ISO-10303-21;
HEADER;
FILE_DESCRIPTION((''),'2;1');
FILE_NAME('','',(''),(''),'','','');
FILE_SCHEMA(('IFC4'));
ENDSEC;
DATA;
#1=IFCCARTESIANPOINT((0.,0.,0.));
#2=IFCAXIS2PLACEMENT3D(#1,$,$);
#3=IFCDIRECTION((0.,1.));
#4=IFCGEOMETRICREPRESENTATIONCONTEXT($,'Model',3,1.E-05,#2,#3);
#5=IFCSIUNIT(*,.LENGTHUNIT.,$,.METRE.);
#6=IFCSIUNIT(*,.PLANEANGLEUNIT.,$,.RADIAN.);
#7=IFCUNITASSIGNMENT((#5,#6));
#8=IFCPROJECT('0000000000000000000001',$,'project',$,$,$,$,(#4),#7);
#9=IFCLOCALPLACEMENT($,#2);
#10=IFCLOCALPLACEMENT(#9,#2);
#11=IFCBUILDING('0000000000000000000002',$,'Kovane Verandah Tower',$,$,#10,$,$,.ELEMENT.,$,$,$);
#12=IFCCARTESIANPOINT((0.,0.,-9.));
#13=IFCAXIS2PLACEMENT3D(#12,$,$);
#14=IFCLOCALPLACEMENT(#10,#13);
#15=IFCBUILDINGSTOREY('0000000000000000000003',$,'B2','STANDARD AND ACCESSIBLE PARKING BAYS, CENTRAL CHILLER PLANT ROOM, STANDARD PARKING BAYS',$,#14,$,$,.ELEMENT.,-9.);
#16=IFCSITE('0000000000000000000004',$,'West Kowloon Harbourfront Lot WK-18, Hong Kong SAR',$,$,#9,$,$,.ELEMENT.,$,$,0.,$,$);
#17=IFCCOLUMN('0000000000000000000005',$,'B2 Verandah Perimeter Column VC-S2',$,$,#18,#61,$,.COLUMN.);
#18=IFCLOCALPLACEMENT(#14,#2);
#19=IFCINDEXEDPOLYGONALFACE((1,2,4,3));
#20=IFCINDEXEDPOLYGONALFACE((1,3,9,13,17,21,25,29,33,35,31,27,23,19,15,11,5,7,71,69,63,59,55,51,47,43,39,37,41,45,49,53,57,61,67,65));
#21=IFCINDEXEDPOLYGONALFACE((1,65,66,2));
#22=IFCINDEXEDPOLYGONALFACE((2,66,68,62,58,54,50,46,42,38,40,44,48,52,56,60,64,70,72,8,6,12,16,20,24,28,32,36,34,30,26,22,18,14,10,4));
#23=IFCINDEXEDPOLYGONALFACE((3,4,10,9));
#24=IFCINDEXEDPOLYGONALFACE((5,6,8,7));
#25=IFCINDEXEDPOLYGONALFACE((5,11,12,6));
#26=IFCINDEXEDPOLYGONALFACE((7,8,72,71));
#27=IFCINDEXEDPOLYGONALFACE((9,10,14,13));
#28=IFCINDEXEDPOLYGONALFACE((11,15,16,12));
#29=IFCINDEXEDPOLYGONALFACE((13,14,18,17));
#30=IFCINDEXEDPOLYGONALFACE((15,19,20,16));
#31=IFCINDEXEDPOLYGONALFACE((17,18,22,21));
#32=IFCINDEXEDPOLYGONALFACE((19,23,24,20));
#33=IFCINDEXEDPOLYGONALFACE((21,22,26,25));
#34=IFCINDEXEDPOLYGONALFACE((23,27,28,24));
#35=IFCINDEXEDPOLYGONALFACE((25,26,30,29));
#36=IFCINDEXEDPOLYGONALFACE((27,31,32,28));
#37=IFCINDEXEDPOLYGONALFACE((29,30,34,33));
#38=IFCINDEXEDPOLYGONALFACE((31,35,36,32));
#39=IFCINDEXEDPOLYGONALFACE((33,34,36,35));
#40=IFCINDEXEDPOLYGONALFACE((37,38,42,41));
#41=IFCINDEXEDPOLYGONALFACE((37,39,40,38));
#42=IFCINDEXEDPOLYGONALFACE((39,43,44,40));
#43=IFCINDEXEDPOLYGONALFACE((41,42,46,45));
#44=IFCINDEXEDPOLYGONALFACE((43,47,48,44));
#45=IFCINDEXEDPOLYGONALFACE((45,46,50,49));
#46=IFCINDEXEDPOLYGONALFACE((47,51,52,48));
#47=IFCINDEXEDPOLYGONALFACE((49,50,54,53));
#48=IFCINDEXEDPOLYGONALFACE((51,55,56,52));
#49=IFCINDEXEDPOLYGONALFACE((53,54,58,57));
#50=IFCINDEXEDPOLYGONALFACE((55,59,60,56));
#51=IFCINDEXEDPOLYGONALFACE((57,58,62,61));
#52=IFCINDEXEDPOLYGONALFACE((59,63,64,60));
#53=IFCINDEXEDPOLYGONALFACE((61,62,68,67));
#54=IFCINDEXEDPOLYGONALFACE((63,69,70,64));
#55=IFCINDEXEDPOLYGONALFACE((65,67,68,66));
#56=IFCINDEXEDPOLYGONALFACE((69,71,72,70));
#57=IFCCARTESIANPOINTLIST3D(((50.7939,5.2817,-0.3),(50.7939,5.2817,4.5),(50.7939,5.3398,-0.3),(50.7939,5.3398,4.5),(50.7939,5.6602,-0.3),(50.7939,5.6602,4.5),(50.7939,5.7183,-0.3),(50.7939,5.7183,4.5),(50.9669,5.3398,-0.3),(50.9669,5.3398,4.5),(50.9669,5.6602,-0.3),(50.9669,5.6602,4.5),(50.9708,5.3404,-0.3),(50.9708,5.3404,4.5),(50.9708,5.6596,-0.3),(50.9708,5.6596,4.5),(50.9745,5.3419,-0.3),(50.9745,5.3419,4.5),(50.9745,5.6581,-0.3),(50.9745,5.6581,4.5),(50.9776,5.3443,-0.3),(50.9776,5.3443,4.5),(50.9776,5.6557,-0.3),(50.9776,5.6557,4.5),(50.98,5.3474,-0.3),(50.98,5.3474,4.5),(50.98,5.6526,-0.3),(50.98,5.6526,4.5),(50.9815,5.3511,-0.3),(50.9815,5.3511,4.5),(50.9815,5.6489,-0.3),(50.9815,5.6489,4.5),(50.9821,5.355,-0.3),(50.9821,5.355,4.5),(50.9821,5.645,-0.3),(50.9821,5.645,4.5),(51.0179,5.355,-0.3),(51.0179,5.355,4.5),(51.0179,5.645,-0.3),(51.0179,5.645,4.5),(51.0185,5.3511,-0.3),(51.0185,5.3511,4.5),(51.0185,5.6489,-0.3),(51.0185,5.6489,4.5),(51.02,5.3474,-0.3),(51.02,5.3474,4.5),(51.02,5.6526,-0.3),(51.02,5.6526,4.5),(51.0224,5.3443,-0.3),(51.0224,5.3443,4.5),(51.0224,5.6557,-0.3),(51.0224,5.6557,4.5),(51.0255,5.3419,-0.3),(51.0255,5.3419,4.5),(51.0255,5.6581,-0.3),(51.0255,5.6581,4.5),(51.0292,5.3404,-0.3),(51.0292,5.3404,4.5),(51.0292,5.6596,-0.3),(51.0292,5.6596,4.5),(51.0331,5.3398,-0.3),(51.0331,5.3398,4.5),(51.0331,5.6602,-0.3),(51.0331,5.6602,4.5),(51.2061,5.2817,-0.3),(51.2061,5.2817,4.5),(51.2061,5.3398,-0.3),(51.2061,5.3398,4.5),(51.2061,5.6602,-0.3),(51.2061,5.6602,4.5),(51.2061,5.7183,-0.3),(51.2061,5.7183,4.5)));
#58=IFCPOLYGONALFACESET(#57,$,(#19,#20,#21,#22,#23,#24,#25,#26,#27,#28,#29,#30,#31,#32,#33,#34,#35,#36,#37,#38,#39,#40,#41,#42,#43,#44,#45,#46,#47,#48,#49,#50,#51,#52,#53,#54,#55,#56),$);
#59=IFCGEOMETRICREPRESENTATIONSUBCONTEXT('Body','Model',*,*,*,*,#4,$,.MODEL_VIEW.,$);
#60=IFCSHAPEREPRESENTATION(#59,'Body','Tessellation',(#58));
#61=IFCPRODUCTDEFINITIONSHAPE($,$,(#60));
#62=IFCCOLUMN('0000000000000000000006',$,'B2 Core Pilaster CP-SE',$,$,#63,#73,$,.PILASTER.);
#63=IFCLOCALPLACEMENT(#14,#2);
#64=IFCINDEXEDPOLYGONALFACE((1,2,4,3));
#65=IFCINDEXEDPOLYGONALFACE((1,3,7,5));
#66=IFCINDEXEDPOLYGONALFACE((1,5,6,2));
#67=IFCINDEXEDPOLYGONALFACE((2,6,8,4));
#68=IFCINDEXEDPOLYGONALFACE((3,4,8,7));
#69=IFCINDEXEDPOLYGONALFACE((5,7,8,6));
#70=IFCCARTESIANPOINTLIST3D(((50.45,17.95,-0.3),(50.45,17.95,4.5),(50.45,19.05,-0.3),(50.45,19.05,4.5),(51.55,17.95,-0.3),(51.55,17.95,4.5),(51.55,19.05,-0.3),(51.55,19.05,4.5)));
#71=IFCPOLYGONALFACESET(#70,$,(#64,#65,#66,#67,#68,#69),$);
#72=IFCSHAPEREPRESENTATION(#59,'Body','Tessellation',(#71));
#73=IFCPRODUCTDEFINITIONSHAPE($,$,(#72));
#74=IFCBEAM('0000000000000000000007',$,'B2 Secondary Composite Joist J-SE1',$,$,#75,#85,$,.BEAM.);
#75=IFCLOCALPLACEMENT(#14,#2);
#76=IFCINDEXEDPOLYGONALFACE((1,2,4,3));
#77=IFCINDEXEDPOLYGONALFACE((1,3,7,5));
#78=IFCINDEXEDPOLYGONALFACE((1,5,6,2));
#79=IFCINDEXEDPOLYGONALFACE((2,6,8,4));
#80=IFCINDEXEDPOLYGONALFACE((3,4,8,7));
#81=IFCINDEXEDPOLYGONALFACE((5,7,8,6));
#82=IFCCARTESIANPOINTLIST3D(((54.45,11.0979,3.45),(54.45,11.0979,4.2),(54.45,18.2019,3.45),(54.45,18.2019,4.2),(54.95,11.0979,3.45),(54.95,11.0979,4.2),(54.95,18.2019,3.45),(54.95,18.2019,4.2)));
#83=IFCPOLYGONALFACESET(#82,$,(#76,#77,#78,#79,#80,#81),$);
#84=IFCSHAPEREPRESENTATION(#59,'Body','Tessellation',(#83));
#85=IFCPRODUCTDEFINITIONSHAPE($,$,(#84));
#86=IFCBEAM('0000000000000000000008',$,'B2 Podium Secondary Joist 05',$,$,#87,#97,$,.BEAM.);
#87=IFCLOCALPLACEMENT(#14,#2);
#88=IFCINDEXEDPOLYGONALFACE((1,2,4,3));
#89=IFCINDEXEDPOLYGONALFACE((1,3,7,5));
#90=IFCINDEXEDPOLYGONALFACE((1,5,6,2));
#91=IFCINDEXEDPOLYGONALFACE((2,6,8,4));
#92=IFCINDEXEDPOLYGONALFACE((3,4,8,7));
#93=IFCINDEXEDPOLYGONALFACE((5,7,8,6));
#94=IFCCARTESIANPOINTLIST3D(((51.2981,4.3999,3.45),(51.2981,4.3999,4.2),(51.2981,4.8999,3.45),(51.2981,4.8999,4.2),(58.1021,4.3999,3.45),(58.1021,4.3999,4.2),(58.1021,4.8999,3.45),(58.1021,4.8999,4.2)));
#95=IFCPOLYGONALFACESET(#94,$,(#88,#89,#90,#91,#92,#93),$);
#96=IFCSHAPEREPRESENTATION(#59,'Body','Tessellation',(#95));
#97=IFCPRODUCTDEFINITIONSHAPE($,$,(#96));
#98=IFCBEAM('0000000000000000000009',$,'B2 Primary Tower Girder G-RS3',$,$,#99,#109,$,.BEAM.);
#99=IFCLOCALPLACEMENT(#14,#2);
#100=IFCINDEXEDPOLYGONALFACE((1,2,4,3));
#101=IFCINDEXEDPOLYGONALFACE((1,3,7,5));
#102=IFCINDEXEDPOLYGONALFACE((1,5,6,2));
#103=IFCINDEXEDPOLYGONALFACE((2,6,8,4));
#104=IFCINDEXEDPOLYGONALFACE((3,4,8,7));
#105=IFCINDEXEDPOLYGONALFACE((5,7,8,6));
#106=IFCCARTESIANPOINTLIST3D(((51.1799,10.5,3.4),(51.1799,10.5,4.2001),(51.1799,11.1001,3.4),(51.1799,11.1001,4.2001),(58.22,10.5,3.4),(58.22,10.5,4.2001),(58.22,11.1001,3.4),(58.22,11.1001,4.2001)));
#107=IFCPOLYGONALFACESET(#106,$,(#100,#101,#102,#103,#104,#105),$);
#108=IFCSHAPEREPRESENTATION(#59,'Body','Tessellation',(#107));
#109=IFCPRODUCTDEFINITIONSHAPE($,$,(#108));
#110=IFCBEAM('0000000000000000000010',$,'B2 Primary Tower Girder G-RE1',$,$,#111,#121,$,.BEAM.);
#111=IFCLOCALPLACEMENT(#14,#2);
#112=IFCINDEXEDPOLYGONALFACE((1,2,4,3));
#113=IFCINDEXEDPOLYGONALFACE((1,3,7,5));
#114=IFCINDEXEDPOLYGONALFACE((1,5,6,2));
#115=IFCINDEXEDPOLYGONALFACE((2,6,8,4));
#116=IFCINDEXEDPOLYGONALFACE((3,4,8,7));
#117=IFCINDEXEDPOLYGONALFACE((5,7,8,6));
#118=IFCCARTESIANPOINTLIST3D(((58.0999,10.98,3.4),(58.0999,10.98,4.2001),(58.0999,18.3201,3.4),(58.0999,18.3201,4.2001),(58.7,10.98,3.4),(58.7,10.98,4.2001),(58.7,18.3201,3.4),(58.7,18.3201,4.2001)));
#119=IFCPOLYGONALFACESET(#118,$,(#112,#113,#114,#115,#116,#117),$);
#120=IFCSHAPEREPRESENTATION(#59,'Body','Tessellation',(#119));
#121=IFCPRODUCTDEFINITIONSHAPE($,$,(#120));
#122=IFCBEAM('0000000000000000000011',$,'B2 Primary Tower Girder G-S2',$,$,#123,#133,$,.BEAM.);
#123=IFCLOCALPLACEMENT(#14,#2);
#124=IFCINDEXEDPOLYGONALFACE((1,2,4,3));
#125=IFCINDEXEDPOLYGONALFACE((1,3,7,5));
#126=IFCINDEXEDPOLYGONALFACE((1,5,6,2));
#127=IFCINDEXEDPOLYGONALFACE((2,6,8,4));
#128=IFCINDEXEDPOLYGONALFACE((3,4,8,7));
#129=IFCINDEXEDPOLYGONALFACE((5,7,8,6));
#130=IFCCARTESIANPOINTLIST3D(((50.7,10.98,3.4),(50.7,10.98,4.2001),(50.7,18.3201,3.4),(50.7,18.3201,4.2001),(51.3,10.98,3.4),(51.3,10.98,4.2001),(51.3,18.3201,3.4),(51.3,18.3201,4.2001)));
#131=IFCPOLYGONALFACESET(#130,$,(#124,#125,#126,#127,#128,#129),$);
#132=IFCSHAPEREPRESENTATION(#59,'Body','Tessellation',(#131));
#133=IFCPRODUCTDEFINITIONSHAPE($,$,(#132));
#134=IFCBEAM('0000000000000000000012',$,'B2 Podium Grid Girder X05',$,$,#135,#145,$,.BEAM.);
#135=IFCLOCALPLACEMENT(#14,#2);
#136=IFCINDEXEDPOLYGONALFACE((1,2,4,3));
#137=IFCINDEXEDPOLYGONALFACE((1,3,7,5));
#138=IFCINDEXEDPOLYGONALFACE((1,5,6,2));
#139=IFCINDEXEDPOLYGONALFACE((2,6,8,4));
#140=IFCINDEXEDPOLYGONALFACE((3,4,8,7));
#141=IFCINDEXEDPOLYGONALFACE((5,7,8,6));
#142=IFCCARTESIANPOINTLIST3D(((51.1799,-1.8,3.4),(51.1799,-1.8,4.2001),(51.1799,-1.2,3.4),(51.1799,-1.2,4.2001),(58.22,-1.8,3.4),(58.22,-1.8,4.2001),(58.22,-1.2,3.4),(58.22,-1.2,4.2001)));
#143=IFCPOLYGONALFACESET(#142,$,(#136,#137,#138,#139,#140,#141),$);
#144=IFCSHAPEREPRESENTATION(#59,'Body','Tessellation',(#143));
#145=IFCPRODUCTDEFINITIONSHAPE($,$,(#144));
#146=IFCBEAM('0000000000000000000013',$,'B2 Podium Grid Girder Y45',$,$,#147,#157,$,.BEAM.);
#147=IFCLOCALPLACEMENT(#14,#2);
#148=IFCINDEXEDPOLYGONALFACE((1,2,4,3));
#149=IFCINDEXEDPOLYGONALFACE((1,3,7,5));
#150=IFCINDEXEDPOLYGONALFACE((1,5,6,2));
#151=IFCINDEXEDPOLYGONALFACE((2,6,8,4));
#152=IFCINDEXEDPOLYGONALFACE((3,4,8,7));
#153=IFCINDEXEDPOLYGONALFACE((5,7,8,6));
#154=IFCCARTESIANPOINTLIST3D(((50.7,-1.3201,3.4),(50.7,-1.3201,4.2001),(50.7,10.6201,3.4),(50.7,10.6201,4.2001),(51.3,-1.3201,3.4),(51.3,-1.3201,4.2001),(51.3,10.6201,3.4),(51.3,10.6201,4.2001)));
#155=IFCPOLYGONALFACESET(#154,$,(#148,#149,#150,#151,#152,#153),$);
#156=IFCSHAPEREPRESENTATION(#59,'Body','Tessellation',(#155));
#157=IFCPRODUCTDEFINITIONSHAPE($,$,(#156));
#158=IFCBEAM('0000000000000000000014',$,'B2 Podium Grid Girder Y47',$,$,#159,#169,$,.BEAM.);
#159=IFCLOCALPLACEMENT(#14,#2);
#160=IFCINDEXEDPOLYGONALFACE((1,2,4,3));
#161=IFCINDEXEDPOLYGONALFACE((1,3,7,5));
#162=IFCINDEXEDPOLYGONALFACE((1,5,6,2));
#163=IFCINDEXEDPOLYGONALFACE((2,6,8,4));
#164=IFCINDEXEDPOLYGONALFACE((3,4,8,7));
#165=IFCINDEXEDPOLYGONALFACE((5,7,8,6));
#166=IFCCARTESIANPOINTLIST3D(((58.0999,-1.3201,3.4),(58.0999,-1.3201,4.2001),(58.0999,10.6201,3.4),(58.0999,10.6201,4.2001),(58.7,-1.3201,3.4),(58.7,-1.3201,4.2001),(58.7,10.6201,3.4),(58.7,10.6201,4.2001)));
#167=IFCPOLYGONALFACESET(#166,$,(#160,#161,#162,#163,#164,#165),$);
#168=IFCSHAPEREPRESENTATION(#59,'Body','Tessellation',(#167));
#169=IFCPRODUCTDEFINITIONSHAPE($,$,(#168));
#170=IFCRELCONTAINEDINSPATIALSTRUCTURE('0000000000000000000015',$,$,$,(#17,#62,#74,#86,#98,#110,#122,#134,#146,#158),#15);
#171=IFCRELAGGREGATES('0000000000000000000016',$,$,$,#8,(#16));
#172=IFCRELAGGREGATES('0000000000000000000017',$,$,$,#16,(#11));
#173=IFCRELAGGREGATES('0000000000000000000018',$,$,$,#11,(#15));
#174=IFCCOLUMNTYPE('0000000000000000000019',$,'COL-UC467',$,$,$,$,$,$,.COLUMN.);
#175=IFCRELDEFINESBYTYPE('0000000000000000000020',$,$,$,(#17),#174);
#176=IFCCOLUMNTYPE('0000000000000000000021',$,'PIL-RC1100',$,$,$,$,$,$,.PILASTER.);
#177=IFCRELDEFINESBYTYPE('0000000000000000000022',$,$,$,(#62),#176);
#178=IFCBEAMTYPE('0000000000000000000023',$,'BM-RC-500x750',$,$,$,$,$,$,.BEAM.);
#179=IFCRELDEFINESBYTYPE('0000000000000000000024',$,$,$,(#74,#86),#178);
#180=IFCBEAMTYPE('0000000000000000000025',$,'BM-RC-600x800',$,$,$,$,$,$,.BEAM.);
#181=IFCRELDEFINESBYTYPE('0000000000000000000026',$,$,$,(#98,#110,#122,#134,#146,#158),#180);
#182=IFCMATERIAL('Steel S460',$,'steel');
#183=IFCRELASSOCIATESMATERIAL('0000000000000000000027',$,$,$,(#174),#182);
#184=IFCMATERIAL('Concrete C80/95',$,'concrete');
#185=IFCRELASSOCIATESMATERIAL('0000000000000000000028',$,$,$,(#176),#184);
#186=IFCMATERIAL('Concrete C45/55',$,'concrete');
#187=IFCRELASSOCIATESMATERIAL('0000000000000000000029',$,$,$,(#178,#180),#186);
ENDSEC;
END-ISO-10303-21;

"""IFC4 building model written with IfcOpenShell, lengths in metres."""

from ifc_helpers import new_model, si_unit, direction, frame, origin, origin_2d, place, context, subcontext, project, spatial, rectangle, i_section, extrude, material, material_profile, profile_set, type_object, element, save


model = new_model("IFC4")

# Units and contexts
model_context = context("Model", 3, precision=1e-05, world=origin(), true_north=direction((0.0, 1.0)))
body_context = subcontext(model_context, "Body", "Model", "MODEL_VIEW")
ifc_project = project(units=[si_unit("LENGTHUNIT", "METRE"), si_unit("PLANEANGLEUNIT", "RADIAN")], contexts=[model_context])

# Site, building, storey
site_placement = place(None, origin())
site = spatial("IfcSite", under=ifc_project, at=site_placement, Name="West Kowloon Harbourfront Lot WK-18, Hong Kong SAR", CompositionType="ELEMENT", RefElevation=0.0)
building_placement = place(site_placement, origin())
building = spatial("IfcBuilding", under=site, at=building_placement, Name="Kovane Verandah Tower", CompositionType="ELEMENT")
storey_placement = place(building_placement, frame((0.0, 0.0, -9.0)))
storey = spatial("IfcBuildingStorey", under=building, at=storey_placement, Name="B2", Description="STANDARD AND ACCESSIBLE PARKING BAYS, CENTRAL CHILLER PLANT ROOM, STANDARD PARKING BAYS", CompositionType="ELEMENT", Elevation=-9.0)

# Columns
ifc_material_1 = material(Name="Concrete C80/95", Category="concrete")
ifc_material_2 = material(Name="Steel S460", Category="steel")
ifc_material_profile_1 = material_profile(ifc_material_2, i_section(OverallWidth=0.4121, OverallDepth=0.4365, WebThickness=0.0359, FlangeThickness=0.0581, FilletRadius=0.0151, at=origin_2d()), Name="UC356x406x467")
ifc_profile_set_1 = profile_set([ifc_material_profile_1], Name="Steel S460")
column_type_1 = type_object("IfcColumnType", Name="COL-UC467", PredefinedType="COLUMN", material=ifc_profile_set_1)
column_1_placement = place(storey_placement, frame((51.0, 5.5, -0.3), z_axis=(0.0, 0.0, 1.0), x_axis=(1.0, 0.0, 0.0)))
element("IfcColumn", 1, at=column_1_placement, inside=storey, type_object=column_type_1, Name="B2 Verandah Perimeter Column VC-S2", PredefinedType="COLUMN", context=body_context, shape_type="SweptSolid", body=[
    extrude(i_section(OverallWidth=0.4121, OverallDepth=0.4365, WebThickness=0.0359, FlangeThickness=0.0581, FilletRadius=0.0151, at=origin_2d()), origin(), (0.0, 0.0, 1.0), 4.8),
])
ifc_material_profile_2 = material_profile(ifc_material_1, rectangle(XDim=1.1001, YDim=1.1001, at=origin_2d()), Name="RC1100x1100")
ifc_profile_set_2 = profile_set([ifc_material_profile_2], Name="Concrete C80/95")
column_type_2 = type_object("IfcColumnType", Name="PIL-RC1100", PredefinedType="PILASTER", material=ifc_profile_set_2)
column_2_placement = place(storey_placement, frame((51.0, 18.5, -0.3), z_axis=(0.0, 0.0, 1.0), x_axis=(1.0, 0.0, 0.0)))
element("IfcColumn", 2, at=column_2_placement, inside=storey, type_object=column_type_2, Name="B2 Core Pilaster CP-SE", PredefinedType="PILASTER", context=body_context, shape_type="SweptSolid", body=[
    extrude(rectangle(XDim=1.1001, YDim=1.1001, at=origin_2d()), origin(), (0.0, 0.0, 1.0), 4.8),
])

# Beams
ifc_material_3 = material(Name="Concrete C45/55", Category="concrete")
ifc_material_profile_3 = material_profile(ifc_material_3, rectangle(XDim=0.5, YDim=0.75, at=origin_2d()), Name="RCB500x750")
ifc_profile_set_3 = profile_set([ifc_material_profile_3], Name="Concrete C45/55")
beam_type_1 = type_object("IfcBeamType", Name="BM-RC-500x750", PredefinedType="BEAM", material=ifc_profile_set_3)
beam_1_placement = place(storey_placement, frame((54.7, 11.0979, 3.825), z_axis=(0.0, 1.0, 0.0), x_axis=(-1.0, 0.0, 0.0)))
element("IfcBeam", 3, at=beam_1_placement, inside=storey, type_object=beam_type_1, Name="B2 Secondary Composite Joist J-SE1", PredefinedType="BEAM", context=body_context, shape_type="SweptSolid", body=[
    extrude(rectangle(XDim=0.5, YDim=0.75, at=origin_2d()), origin(), (0.0, 0.0, 1.0), 7.104),
])
beam_2_placement = place(storey_placement, frame((51.2981, 4.6499, 3.825), z_axis=(1.0, 0.0, 0.0), x_axis=(0.0, 1.0, 0.0)))
element("IfcBeam", 4, at=beam_2_placement, inside=storey, type_object=beam_type_1, Name="B2 Podium Secondary Joist 05", PredefinedType="BEAM", context=body_context, shape_type="SweptSolid", body=[
    extrude(rectangle(XDim=0.5, YDim=0.75, at=origin_2d()), origin(), (0.0, 0.0, 1.0), 6.804),
])
ifc_material_profile_4 = material_profile(ifc_material_3, rectangle(XDim=0.6001, YDim=0.8, at=origin_2d()), Name="RCB600x800")
ifc_profile_set_4 = profile_set([ifc_material_profile_4], Name="Concrete C45/55")
beam_type_2 = type_object("IfcBeamType", Name="BM-RC-600x800", PredefinedType="BEAM", material=ifc_profile_set_4)
beam_3_placement = place(storey_placement, frame((51.1799, 10.8, 3.8), z_axis=(1.0, 0.0, 0.0), x_axis=(0.0, 1.0, 0.0)))
element("IfcBeam", 5, at=beam_3_placement, inside=storey, type_object=beam_type_2, Name="B2 Primary Tower Girder G-RS3", PredefinedType="BEAM", context=body_context, shape_type="SweptSolid", body=[
    extrude(rectangle(XDim=0.6001, YDim=0.8, at=origin_2d()), origin(), (0.0, 0.0, 1.0), 7.04),
])
for number, where, z_axis, x_axis, name in (
    (6, (58.3999, 10.98, 3.8), (0.0, 1.0, 0.0), (-1.0, 0.0, 0.0), "B2 Primary Tower Girder G-RE1"),
    (7, (51.0, 18.3201, 3.8), (0.0, -1.0, 0.0), (1.0, 0.0, 0.0), "B2 Primary Tower Girder G-S2"),
):
    element("IfcBeam", number, at=place(storey_placement, frame(where, z_axis=z_axis, x_axis=x_axis)), inside=storey, type_object=beam_type_2, Name=name, PredefinedType="BEAM", context=body_context, shape_type="SweptSolid", body=[
        extrude(rectangle(XDim=0.6001, YDim=0.8, at=origin_2d()), origin(), (0.0, 0.0, 1.0), 7.3401),
    ])
beam_4_placement = place(storey_placement, frame((51.1799, -1.5, 3.8), z_axis=(1.0, 0.0, 0.0), x_axis=(0.0, 1.0, 0.0)))
element("IfcBeam", 8, at=beam_4_placement, inside=storey, type_object=beam_type_2, Name="B2 Podium Grid Girder X05", PredefinedType="BEAM", context=body_context, shape_type="SweptSolid", body=[
    extrude(rectangle(XDim=0.6001, YDim=0.8, at=origin_2d()), origin(), (0.0, 0.0, 1.0), 7.04),
])
for number, where, z_axis, x_axis, name in (
    (9, (51.0, -1.3201, 3.8), (0.0, 1.0, 0.0), (-1.0, 0.0, 0.0), "B2 Podium Grid Girder Y45"),
    (10, (58.3999, -1.3201, 3.8), (0.0, 1.0, 0.0), (-1.0, 0.0, 0.0), "B2 Podium Grid Girder Y47"),
):
    element("IfcBeam", number, at=place(storey_placement, frame(where, z_axis=z_axis, x_axis=x_axis)), inside=storey, type_object=beam_type_2, Name=name, PredefinedType="BEAM", context=body_context, shape_type="SweptSolid", body=[
        extrude(rectangle(XDim=0.6001, YDim=0.8, at=origin_2d()), origin(), (0.0, 0.0, 1.0), 11.9402),
    ])

save(model, "model.ifc")
